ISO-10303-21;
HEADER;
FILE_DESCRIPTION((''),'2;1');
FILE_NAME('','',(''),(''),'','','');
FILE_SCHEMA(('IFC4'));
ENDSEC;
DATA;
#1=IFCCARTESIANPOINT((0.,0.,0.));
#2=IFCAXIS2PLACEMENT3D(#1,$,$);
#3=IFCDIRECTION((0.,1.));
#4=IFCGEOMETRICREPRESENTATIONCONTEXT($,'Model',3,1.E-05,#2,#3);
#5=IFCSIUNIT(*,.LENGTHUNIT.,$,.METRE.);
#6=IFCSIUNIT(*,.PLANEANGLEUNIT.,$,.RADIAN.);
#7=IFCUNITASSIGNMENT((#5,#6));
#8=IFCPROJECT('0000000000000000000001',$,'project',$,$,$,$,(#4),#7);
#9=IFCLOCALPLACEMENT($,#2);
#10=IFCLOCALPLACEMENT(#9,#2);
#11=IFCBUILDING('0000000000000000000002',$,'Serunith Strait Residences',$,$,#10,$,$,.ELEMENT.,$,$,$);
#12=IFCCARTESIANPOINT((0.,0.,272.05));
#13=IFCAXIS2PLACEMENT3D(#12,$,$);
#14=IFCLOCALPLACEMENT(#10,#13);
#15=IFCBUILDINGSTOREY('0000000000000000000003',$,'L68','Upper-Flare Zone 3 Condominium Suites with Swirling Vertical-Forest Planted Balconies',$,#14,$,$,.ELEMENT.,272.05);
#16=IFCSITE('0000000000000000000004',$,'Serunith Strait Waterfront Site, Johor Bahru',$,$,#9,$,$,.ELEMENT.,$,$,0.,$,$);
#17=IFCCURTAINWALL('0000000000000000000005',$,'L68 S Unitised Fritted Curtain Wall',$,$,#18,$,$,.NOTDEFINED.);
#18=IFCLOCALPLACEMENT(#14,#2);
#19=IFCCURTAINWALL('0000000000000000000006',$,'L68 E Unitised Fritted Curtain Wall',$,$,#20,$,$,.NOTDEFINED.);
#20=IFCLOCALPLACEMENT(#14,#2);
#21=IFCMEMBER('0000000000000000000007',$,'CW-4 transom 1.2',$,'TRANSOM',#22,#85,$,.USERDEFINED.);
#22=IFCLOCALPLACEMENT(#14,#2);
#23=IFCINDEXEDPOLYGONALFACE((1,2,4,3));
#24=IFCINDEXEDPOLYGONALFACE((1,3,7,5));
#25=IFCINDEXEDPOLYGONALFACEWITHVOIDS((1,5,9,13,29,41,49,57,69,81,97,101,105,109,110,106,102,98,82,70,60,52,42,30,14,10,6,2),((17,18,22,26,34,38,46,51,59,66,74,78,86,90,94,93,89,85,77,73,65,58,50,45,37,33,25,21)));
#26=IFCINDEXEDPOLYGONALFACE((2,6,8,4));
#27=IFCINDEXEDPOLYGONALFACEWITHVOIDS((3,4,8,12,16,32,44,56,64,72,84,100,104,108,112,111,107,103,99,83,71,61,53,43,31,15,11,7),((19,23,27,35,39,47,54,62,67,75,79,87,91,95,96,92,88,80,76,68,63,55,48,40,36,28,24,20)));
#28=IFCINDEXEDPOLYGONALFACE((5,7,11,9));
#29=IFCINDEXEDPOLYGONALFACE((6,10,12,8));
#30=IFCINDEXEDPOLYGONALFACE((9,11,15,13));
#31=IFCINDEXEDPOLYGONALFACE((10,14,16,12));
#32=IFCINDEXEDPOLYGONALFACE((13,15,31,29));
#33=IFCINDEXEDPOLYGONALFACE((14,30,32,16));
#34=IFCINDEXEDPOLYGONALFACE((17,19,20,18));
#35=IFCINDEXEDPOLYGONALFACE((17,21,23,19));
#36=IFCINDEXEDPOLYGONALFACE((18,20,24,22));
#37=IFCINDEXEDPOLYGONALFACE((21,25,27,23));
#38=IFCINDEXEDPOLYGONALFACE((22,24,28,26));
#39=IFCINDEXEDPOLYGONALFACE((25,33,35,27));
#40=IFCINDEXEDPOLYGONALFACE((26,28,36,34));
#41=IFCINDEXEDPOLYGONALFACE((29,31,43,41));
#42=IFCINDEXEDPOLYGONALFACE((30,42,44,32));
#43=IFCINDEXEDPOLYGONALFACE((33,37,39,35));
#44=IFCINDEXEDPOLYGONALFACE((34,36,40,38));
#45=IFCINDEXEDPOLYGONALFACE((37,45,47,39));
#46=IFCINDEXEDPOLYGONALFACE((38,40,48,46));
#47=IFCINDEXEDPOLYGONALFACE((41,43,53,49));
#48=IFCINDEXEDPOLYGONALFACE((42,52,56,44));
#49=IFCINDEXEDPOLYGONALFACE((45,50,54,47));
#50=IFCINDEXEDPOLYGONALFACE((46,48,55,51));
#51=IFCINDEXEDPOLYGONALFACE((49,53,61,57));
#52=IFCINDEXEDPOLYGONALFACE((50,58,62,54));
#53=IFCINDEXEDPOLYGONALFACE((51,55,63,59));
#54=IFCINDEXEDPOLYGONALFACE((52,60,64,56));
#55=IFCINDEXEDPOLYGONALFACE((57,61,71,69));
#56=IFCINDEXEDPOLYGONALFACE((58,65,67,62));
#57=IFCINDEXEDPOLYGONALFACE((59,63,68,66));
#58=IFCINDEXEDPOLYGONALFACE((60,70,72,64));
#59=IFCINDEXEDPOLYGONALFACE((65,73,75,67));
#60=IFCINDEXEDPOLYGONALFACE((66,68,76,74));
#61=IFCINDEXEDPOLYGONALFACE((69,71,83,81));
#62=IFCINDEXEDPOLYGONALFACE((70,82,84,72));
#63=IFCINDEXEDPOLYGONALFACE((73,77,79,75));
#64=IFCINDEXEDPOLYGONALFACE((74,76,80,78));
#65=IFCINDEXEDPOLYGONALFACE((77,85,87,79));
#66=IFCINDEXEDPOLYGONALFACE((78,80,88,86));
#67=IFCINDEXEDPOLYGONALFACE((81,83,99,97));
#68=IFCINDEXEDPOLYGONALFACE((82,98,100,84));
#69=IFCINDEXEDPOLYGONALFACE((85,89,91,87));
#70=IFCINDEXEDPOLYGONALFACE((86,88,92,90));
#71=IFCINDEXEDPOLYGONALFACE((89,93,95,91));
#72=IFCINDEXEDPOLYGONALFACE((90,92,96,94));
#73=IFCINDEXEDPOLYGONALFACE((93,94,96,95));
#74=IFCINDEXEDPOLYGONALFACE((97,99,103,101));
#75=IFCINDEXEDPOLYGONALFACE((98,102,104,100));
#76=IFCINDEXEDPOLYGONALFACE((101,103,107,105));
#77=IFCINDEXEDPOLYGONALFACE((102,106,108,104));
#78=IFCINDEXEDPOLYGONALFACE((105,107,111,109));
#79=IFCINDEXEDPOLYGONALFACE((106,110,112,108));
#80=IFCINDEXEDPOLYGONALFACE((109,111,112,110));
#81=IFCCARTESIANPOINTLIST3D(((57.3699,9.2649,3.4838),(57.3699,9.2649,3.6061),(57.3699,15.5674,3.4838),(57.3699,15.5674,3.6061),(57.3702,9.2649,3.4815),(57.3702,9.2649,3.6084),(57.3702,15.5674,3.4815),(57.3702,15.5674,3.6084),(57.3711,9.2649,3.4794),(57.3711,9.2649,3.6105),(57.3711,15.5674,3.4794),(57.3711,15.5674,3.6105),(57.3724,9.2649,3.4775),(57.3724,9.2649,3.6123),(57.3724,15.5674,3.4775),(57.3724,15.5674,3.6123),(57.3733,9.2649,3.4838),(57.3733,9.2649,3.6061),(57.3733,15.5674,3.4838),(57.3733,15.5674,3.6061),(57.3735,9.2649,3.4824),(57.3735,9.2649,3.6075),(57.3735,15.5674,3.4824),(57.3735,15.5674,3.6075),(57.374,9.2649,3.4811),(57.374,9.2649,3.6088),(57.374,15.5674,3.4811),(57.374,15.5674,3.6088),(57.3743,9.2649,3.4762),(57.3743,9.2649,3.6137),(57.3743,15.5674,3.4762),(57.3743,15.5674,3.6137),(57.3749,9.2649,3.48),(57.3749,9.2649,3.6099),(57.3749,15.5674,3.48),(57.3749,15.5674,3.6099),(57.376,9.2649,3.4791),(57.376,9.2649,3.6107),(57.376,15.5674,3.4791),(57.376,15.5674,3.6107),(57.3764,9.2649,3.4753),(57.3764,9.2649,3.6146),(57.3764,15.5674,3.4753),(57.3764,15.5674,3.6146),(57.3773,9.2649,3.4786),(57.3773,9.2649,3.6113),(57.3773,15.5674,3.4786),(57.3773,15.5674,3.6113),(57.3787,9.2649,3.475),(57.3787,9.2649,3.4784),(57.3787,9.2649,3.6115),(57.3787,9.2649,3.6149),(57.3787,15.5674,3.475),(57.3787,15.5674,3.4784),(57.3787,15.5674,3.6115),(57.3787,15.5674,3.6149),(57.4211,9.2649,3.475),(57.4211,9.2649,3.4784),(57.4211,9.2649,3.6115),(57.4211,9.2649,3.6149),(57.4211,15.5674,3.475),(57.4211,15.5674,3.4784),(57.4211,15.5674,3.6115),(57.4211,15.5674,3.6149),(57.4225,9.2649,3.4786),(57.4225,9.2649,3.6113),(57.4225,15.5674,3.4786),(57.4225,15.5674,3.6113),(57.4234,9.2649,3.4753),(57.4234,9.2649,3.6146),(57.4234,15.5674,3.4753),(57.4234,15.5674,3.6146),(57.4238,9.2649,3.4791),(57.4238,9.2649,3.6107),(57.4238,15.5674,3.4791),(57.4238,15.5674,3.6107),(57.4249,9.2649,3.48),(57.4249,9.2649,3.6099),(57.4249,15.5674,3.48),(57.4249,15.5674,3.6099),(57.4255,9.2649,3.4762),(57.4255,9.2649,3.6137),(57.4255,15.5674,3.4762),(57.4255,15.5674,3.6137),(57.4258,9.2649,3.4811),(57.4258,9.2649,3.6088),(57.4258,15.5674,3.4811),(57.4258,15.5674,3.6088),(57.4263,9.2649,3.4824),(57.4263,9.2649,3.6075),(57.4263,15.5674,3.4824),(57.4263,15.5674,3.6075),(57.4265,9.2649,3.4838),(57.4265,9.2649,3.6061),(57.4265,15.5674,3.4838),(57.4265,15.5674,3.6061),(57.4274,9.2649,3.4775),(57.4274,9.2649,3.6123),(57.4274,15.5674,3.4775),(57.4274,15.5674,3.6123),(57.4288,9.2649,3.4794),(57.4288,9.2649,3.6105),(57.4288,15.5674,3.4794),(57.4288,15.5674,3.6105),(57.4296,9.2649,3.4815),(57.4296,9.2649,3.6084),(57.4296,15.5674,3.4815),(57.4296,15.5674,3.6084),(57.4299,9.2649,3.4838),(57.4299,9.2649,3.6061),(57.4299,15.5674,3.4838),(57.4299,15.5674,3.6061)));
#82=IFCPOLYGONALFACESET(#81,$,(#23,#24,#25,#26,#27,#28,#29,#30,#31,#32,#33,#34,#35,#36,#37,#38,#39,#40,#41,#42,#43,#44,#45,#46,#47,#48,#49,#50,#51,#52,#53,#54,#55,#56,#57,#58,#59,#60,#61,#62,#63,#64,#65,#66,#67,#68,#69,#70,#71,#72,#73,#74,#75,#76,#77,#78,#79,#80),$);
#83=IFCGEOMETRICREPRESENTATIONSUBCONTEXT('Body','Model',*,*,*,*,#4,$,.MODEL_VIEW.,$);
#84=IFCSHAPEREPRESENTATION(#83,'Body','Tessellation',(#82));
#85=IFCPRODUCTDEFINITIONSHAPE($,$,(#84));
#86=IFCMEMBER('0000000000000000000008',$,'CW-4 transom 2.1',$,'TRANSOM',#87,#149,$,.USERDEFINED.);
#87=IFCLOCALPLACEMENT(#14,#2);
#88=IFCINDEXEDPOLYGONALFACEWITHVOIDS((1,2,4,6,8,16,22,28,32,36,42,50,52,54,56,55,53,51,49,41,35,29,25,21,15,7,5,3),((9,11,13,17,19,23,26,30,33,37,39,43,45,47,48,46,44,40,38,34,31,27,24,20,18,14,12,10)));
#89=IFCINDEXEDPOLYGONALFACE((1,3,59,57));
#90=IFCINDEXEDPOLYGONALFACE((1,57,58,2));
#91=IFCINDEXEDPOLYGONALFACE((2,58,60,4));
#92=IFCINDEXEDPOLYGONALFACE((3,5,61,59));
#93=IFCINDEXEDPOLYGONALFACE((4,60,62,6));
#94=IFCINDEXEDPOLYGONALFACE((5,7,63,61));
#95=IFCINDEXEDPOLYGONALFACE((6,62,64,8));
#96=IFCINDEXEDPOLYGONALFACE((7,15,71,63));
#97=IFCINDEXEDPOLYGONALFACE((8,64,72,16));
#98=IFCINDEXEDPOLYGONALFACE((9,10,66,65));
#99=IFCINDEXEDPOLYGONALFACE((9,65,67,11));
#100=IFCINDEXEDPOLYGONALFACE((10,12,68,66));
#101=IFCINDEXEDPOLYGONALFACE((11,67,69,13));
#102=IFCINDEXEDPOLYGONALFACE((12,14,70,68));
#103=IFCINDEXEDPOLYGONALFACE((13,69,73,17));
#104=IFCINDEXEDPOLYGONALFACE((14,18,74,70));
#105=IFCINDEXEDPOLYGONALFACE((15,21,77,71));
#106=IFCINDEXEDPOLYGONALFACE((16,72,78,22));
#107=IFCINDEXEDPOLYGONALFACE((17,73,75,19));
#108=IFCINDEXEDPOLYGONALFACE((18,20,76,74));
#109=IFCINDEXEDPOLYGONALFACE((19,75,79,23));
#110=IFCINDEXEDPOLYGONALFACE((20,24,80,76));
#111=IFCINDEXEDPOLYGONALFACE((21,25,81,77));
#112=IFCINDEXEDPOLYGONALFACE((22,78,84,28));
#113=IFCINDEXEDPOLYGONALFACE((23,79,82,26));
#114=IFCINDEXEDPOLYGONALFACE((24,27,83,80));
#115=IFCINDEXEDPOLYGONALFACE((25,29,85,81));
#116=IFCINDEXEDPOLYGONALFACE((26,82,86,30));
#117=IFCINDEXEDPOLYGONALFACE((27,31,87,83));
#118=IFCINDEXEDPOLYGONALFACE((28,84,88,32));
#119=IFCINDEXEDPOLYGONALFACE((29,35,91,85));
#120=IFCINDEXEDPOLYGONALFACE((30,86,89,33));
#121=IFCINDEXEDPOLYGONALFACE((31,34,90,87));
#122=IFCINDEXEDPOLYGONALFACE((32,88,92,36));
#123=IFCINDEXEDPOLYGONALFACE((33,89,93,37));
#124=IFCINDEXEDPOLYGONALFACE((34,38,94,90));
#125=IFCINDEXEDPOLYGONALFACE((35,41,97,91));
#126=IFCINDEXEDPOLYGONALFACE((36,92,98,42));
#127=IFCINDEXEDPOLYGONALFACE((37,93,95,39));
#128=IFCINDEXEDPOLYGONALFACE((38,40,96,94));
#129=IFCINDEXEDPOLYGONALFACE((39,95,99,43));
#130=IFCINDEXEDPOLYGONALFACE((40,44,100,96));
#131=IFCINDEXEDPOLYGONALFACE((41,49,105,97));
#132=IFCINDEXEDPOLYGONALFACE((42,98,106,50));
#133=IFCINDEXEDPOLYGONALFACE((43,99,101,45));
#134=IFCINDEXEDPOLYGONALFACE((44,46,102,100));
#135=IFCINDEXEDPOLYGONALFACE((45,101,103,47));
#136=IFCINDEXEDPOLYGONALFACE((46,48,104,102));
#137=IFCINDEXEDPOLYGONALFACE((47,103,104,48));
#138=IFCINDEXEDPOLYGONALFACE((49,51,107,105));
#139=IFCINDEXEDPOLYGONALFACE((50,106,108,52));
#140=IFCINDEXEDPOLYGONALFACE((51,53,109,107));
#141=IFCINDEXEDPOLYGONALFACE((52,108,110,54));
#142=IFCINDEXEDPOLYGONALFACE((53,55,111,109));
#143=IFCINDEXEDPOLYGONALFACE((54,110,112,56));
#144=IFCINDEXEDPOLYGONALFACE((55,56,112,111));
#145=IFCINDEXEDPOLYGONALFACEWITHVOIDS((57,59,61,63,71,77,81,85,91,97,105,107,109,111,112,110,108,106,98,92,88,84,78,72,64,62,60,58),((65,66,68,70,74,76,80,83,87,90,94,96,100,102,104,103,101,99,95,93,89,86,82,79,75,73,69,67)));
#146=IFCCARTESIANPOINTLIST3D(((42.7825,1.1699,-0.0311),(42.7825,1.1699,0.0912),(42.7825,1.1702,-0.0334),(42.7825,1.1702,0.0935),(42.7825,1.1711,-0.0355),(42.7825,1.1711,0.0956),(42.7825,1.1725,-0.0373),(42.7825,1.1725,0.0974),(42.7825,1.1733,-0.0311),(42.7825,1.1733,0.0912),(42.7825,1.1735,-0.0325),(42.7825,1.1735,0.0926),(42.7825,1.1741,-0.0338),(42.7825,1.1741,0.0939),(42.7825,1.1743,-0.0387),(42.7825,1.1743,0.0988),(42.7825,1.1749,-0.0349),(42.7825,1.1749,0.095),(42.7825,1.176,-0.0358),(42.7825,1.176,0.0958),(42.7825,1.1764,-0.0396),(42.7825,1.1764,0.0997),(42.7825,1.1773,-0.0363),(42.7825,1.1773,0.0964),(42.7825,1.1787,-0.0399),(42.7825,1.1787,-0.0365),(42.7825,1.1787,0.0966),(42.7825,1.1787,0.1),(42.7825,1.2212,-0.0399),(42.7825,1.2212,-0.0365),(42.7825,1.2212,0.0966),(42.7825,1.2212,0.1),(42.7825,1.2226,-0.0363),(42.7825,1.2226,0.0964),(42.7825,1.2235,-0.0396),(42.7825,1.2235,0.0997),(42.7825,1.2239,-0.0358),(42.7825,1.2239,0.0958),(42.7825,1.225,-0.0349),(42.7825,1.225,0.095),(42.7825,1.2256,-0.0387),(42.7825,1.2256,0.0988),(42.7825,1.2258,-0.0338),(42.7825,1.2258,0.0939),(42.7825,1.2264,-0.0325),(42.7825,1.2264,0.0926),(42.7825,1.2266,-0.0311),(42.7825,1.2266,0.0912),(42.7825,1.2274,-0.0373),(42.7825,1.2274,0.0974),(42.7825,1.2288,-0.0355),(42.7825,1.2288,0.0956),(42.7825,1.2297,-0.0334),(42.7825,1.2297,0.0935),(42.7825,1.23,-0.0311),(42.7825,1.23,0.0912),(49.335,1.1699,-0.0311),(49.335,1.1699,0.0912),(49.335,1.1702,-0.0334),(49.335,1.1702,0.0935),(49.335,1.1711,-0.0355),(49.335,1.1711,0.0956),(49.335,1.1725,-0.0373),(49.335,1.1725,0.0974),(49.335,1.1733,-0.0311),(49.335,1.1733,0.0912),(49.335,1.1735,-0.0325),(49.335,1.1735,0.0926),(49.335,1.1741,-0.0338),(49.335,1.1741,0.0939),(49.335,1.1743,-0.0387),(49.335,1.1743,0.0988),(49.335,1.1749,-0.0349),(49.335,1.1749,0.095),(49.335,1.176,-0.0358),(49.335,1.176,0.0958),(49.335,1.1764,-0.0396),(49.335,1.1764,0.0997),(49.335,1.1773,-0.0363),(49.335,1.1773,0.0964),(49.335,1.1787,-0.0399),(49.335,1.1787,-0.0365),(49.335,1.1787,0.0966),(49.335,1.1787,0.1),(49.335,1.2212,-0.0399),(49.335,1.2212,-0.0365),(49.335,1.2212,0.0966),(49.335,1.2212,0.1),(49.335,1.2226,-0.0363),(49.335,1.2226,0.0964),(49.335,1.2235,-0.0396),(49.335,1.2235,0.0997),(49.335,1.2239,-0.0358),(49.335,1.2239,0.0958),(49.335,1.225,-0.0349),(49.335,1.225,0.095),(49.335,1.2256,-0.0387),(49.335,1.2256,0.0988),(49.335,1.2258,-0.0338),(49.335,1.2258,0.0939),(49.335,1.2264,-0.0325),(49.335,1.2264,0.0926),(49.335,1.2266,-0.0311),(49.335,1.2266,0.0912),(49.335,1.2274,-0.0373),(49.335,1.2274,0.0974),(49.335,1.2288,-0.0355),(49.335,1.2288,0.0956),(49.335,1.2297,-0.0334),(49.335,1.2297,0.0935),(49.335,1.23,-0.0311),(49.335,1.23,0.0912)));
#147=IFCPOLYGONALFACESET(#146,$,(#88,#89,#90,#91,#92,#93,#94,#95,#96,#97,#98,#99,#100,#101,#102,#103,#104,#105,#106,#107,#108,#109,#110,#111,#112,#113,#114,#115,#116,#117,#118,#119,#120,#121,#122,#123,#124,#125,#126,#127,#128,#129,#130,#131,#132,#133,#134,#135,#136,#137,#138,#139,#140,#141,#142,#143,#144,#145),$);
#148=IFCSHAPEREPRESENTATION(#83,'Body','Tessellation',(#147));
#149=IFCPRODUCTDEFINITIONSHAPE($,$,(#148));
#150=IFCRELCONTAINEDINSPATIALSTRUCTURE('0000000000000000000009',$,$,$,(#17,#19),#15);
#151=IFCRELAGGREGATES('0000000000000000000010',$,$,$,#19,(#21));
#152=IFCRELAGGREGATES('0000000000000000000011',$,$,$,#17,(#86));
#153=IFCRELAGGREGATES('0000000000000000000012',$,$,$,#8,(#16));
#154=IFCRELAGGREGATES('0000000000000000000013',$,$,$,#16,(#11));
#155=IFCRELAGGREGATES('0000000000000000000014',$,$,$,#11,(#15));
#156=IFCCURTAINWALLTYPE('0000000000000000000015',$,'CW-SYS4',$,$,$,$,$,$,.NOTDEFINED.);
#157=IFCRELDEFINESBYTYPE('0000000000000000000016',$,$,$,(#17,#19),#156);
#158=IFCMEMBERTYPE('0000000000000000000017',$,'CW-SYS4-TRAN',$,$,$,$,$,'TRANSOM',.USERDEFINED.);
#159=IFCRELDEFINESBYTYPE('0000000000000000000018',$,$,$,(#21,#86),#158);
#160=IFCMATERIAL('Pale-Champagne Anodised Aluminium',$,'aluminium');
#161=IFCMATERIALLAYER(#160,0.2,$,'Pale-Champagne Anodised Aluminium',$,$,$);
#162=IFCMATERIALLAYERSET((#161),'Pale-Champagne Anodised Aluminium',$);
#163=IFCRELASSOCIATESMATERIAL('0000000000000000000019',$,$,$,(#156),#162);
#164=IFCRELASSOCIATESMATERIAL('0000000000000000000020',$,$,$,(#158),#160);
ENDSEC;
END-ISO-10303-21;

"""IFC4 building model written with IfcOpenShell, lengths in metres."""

from ifc_helpers import new_model, si_unit, direction, frame, origin, origin_2d, place, context, subcontext, project, spatial, hollow_rectangle, extrude, source, transform, mapped, material, layer, layer_set, material_profile, profile_set, type_object, element, aggregate, save


model = new_model("IFC4")

# Units and contexts
model_context = context("Model", 3, precision=1e-05, world=origin(), true_north=direction((0.0, 1.0)))
body_context = subcontext(model_context, "Body", "Model", "MODEL_VIEW")
ifc_project = project(units=[si_unit("LENGTHUNIT", "METRE"), si_unit("PLANEANGLEUNIT", "RADIAN")], contexts=[model_context])

# Site, building, storey
site_placement = place(None, origin())
site = spatial("IfcSite", under=ifc_project, at=site_placement, Name="Serunith Strait Waterfront Site, Johor Bahru", CompositionType="ELEMENT", RefElevation=0.0)
building_placement = place(site_placement, origin())
building = spatial("IfcBuilding", under=site, at=building_placement, Name="Serunith Strait Residences", CompositionType="ELEMENT")
storey_placement = place(building_placement, frame((0.0, 0.0, 272.05)))
storey = spatial("IfcBuildingStorey", under=building, at=storey_placement, Name="L68", Description="Upper-Flare Zone 3 Condominium Suites with Swirling Vertical-Forest Planted Balconies", CompositionType="ELEMENT", Elevation=272.05)

# Curtain walls, member
ifc_material_1 = material(Name="Pale-Champagne Anodised Aluminium", Category="aluminium")
ifc_layer_1 = layer(ifc_material_1, 0.2, Name="Pale-Champagne Anodised Aluminium")
ifc_layer_set_1 = layer_set([ifc_layer_1], Name="Pale-Champagne Anodised Aluminium")
curtain_wall_type = type_object("IfcCurtainWallType", Name="CW-SYS4", PredefinedType="NOTDEFINED", material=ifc_layer_set_1)
curtain_wall_1_placement = place(storey_placement, origin())
curtain_wall_1 = element("IfcCurtainWall", 1, at=curtain_wall_1_placement, inside=storey, type_object=curtain_wall_type, Name="L68 S Unitised Fritted Curtain Wall", PredefinedType="NOTDEFINED")
curtain_wall_2_placement = place(storey_placement, origin())
curtain_wall_2 = element("IfcCurtainWall", 2, at=curtain_wall_2_placement, inside=storey, type_object=curtain_wall_type, Name="L68 E Unitised Fritted Curtain Wall", PredefinedType="NOTDEFINED")
ifc_material_profile_1 = material_profile(ifc_material_1, hollow_rectangle(XDim=0.0601, YDim=0.1399, WallThickness=0.0034, InnerFilletRadius=0.0054, OuterFilletRadius=0.0088, at=origin_2d()), Name="ALU 140x60x3.5")
ifc_profile_set_1 = profile_set([ifc_material_profile_1], Name="Pale-Champagne Anodised Aluminium")
member_type_1 = type_object("IfcMemberType", Name="CW-SYS4-TRAN", ElementType="TRANSOM", PredefinedType="USERDEFINED", material=ifc_profile_set_1)
shared_shape_1 = source(origin(), body_context, "Body", "SweptSolid", [
    extrude(hollow_rectangle(XDim=0.0601, YDim=0.1399, WallThickness=0.0034, InnerFilletRadius=0.0054, OuterFilletRadius=0.0088, at=origin_2d()), origin(), (0.0, 0.0, 1.0), 6.3025),
])
member_1_placement = place(storey_placement, frame((57.3999, 9.2649, 3.5449), z_axis=(0.0, 1.0, 0.0), x_axis=(-1.0, 0.0, 0.0)))
member_1 = element("IfcMember", 3, at=member_1_placement, type_object=member_type_1, Name="CW-4 transom 1.2", ObjectType="TRANSOM", PredefinedType="USERDEFINED", context=body_context, shape_type="MappedRepresentation", body=[
    mapped(shared_shape_1, transform((0.0, 0.0, 0.0), scale=1.0)),
])
aggregate(curtain_wall_2, [member_1])

# Member
shared_shape_2 = source(origin(), body_context, "Body", "SweptSolid", [
    extrude(hollow_rectangle(XDim=0.0601, YDim=0.1399, WallThickness=0.0034, InnerFilletRadius=0.0054, OuterFilletRadius=0.0088, at=origin_2d()), origin(), (0.0, 0.0, 1.0), 6.5525),
])
member_2_placement = place(storey_placement, frame((42.7825, 1.2, 0.03), z_axis=(1.0, 0.0, 0.0), x_axis=(0.0, 1.0, 0.0)))
member_2 = element("IfcMember", 4, at=member_2_placement, type_object=member_type_1, Name="CW-4 transom 2.1", ObjectType="TRANSOM", PredefinedType="USERDEFINED", context=body_context, shape_type="MappedRepresentation", body=[
    mapped(shared_shape_2, transform((0.0, 0.0, 0.0), scale=1.0)),
])

aggregate(curtain_wall_1, [member_2])

save(model, "model.ifc")
